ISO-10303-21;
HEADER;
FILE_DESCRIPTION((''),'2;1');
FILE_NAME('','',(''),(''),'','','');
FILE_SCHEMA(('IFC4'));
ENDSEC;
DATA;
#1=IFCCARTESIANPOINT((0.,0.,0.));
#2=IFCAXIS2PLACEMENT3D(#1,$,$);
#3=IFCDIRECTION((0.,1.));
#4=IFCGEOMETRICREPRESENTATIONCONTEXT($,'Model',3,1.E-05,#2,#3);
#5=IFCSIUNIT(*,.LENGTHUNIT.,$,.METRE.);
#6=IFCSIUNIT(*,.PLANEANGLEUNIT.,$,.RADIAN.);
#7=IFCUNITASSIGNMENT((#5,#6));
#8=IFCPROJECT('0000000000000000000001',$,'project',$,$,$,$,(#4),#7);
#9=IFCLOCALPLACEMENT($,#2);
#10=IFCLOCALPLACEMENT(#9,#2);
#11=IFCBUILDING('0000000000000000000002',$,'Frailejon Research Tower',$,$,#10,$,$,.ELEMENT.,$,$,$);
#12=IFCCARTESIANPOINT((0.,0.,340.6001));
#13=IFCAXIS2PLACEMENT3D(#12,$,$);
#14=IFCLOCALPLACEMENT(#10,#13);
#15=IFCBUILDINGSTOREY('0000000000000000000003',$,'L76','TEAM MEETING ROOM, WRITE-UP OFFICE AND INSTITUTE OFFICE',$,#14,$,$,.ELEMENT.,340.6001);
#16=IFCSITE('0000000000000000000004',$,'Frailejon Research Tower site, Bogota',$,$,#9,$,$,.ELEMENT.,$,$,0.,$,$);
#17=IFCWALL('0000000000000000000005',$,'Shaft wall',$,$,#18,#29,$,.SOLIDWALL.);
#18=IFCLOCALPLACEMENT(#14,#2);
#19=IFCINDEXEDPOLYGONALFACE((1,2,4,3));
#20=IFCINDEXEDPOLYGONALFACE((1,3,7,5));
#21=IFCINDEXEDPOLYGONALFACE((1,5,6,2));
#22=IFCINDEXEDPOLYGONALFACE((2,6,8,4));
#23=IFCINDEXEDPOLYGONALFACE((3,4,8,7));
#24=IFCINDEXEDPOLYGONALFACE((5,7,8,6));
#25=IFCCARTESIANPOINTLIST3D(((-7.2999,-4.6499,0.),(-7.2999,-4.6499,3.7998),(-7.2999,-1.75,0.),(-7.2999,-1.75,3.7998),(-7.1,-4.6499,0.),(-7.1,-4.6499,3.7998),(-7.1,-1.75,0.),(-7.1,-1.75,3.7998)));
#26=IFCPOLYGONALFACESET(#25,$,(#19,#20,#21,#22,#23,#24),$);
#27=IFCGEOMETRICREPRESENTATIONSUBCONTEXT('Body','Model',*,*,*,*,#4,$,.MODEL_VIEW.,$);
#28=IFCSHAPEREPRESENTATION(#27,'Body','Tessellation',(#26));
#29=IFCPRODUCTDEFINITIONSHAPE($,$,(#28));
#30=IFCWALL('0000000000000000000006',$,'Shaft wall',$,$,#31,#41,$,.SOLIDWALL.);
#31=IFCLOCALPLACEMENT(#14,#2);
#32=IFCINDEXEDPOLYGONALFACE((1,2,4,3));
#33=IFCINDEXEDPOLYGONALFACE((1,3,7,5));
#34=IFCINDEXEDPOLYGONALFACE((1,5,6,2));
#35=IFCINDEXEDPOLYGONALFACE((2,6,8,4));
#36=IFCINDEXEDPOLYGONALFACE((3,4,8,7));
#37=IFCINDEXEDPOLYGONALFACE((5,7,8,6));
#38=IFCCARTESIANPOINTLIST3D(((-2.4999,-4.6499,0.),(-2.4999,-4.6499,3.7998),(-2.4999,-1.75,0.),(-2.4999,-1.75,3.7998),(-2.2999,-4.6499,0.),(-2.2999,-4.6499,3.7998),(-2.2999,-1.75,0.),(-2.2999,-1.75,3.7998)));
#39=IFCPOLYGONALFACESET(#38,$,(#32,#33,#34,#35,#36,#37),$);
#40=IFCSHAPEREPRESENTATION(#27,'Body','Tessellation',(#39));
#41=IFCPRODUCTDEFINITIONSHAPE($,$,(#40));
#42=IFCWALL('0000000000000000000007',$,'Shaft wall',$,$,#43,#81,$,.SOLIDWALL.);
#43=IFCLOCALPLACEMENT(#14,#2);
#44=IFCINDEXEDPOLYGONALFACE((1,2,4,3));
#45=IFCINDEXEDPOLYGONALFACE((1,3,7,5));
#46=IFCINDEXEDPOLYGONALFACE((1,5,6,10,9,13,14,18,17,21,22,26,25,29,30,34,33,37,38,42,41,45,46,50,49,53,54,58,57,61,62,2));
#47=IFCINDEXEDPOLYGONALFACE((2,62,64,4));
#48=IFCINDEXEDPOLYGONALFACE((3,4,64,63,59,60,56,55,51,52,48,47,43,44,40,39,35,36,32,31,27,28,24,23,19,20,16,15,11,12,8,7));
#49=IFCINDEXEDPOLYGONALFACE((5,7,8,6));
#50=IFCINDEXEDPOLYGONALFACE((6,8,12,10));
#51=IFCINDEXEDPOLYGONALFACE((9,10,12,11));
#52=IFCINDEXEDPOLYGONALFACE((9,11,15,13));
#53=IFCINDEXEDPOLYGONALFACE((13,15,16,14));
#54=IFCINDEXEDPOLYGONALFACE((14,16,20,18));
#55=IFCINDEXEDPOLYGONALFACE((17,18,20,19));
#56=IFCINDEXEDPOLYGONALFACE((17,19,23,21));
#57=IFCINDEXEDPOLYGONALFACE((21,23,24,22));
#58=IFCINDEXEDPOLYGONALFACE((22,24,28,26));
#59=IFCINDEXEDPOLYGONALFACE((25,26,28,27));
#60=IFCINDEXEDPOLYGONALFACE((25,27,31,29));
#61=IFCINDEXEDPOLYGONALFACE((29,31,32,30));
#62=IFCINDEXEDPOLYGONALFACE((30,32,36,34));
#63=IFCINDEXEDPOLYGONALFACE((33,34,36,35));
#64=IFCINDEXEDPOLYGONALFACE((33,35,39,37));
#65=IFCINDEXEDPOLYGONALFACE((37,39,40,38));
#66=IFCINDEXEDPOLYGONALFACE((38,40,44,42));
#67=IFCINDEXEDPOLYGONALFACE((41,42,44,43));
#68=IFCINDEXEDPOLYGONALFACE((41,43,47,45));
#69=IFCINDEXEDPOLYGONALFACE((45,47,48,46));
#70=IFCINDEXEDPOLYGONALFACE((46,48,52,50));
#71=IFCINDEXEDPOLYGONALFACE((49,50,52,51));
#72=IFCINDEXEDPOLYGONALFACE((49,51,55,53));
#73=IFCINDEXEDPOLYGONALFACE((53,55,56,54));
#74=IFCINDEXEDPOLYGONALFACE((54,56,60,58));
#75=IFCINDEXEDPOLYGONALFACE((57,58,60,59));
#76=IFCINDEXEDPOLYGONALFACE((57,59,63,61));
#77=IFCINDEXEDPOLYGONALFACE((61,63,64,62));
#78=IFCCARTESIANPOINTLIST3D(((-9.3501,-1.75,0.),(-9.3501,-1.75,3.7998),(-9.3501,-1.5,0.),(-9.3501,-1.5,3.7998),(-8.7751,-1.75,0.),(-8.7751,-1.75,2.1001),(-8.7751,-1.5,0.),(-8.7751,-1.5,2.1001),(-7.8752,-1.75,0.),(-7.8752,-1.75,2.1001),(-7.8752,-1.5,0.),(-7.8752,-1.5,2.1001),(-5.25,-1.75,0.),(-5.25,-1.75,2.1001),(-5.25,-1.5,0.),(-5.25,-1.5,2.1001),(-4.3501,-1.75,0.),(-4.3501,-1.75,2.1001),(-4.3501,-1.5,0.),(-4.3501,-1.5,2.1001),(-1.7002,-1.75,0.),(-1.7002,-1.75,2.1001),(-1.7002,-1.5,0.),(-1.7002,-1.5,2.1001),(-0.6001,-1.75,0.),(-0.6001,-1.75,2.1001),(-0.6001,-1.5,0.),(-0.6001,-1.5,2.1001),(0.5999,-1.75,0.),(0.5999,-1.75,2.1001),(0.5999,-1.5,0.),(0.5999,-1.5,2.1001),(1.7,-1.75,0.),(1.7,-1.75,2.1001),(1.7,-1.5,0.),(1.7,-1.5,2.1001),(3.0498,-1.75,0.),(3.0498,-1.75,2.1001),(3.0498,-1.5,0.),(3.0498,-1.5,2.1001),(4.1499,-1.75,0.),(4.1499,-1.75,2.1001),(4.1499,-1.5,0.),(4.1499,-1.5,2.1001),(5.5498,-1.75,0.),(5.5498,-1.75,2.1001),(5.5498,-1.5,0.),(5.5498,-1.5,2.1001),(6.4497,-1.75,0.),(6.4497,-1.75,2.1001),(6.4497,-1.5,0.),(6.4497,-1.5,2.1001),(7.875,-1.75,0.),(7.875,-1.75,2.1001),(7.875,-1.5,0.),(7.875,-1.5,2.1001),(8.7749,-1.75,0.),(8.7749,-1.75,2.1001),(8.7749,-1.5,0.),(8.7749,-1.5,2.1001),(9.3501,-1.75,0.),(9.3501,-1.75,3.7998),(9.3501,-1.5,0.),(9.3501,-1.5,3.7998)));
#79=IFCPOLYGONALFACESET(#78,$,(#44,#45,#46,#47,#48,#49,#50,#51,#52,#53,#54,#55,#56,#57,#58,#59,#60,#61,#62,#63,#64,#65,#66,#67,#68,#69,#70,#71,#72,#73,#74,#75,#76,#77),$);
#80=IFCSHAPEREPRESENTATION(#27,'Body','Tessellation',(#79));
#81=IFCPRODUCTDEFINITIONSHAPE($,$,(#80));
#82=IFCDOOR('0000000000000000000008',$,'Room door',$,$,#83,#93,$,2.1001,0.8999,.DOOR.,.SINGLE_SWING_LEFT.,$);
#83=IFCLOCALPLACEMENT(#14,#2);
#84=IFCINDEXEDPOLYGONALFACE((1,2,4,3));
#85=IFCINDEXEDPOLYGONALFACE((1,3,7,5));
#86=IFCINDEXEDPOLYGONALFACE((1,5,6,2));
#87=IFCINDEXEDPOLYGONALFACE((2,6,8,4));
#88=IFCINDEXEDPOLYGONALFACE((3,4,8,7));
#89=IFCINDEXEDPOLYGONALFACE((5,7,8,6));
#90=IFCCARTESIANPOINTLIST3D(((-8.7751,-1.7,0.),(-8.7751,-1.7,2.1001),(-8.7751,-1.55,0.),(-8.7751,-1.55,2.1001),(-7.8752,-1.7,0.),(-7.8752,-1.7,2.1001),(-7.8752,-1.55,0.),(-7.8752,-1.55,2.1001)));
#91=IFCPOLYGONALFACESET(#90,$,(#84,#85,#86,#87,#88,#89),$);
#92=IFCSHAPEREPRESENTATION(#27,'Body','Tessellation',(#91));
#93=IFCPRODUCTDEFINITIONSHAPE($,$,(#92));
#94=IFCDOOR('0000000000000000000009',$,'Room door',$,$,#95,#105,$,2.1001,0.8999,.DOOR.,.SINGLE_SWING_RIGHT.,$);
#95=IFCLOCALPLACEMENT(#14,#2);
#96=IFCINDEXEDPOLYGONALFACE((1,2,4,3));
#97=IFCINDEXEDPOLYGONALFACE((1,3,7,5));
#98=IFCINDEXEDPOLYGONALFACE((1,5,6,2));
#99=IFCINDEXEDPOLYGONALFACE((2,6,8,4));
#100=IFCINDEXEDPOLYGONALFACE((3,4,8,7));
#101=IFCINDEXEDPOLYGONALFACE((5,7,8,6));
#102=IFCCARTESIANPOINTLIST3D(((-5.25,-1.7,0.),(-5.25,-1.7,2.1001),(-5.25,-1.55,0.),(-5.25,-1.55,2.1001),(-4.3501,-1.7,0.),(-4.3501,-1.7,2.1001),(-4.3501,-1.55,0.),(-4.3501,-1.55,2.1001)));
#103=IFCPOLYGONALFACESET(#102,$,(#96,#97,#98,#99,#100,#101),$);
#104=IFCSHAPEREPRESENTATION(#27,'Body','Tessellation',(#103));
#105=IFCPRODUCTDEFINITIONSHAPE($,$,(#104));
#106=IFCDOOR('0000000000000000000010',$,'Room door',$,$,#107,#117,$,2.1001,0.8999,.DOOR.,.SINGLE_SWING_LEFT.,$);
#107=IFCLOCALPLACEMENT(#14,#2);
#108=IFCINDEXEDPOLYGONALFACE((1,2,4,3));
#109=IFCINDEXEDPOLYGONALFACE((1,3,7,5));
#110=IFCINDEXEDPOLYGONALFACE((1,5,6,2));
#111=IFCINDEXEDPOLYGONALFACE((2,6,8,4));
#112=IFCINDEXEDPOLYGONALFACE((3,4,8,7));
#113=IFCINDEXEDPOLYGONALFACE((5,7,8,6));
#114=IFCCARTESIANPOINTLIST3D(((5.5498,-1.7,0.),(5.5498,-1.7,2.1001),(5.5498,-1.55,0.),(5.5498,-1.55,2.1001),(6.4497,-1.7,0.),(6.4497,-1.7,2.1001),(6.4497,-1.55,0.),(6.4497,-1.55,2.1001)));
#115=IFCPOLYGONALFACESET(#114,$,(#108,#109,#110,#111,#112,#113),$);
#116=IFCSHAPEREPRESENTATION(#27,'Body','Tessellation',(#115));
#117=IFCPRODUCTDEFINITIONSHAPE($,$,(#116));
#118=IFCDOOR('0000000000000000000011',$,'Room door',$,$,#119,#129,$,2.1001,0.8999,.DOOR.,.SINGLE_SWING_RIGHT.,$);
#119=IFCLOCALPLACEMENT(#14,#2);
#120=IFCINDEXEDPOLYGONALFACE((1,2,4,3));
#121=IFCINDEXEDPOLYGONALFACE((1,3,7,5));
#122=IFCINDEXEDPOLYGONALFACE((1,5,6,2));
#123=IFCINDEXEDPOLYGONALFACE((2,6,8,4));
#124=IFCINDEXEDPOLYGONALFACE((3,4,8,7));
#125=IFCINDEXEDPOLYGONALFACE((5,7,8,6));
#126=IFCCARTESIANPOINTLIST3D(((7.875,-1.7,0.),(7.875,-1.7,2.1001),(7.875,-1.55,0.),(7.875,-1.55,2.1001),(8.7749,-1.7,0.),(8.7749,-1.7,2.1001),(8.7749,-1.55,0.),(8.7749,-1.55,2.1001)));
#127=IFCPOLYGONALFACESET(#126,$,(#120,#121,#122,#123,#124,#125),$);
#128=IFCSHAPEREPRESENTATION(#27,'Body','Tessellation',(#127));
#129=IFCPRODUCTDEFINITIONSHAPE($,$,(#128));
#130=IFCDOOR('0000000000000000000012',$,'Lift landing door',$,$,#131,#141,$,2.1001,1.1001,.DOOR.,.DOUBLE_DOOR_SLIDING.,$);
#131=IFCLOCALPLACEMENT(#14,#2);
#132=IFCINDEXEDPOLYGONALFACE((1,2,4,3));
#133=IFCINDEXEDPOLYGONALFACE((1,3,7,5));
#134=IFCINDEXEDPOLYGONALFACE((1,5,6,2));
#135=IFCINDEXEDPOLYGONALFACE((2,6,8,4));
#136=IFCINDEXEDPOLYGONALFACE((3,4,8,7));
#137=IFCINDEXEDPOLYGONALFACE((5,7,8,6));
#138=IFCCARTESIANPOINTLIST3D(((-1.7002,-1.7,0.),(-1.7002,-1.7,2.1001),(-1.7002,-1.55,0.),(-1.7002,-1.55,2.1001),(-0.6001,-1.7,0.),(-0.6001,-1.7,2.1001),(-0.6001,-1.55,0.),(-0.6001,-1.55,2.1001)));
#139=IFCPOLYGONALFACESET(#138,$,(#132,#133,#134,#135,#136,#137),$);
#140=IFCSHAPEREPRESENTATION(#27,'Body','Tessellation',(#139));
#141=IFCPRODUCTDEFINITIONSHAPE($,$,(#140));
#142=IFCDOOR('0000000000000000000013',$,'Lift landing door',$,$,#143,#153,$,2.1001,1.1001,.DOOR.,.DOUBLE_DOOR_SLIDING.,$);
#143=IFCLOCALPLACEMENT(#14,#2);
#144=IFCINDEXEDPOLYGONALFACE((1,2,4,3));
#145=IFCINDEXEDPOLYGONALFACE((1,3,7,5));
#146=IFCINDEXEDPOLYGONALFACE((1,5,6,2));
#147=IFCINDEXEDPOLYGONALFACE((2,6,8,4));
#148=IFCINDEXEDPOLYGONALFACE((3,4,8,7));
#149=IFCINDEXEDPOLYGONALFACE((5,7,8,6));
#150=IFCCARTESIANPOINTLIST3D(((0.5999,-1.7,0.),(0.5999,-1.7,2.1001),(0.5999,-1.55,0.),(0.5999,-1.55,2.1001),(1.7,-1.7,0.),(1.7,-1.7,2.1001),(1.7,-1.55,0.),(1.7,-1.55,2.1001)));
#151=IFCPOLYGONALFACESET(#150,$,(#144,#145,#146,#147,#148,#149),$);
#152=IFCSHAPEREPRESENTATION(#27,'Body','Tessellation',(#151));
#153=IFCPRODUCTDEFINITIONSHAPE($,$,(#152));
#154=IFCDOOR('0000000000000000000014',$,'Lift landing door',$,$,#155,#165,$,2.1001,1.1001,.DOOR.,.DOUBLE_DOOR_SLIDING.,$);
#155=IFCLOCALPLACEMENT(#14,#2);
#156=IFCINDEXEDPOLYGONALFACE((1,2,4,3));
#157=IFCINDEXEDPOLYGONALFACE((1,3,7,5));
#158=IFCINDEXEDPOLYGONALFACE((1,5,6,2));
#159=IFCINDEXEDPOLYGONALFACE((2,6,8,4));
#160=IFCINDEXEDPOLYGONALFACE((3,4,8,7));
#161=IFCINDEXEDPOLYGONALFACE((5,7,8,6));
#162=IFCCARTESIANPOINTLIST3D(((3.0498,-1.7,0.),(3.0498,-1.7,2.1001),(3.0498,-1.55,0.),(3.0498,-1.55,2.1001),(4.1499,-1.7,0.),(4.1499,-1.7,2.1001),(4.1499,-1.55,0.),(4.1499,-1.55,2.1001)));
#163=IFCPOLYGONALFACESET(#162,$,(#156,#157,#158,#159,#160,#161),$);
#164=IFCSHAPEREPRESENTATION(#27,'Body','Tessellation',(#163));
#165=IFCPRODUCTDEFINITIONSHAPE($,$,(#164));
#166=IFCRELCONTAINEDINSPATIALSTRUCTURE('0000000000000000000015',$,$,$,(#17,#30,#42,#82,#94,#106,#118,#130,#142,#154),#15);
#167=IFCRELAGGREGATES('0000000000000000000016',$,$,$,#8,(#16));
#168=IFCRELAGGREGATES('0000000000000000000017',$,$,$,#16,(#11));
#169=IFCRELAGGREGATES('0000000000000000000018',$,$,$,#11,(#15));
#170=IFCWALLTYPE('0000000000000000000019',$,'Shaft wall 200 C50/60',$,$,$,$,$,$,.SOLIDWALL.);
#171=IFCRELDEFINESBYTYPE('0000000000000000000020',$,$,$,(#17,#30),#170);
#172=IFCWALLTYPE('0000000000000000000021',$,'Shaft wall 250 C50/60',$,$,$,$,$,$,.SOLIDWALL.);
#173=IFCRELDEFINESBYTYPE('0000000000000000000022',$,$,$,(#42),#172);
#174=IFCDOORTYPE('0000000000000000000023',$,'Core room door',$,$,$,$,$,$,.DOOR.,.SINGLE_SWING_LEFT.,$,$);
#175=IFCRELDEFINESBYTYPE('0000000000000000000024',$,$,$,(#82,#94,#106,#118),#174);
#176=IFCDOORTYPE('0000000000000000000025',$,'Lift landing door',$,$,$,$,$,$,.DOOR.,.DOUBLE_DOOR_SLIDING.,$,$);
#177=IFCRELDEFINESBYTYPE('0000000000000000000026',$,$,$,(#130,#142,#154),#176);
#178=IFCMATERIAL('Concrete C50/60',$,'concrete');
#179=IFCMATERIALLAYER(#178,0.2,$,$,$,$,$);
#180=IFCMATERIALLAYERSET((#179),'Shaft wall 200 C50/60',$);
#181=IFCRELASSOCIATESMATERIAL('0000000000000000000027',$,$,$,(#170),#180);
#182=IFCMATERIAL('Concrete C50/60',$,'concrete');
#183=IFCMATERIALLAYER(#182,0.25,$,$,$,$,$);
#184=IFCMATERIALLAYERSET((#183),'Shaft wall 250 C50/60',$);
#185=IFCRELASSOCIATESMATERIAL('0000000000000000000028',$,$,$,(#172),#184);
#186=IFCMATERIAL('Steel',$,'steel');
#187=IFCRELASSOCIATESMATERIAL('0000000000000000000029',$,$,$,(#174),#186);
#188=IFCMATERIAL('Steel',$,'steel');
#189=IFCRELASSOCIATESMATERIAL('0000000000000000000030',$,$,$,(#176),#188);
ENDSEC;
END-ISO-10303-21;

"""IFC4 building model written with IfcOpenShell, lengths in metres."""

from ifc_helpers import new_model, si_unit, direction, frame, frame_2d, origin, place, context, subcontext, project, spatial, rectangle, extrude, material, layer, layer_set, type_object, element, fill, save


model = new_model("IFC4")

# Units and contexts
model_context = context("Model", 3, precision=1e-05, world=origin(), true_north=direction((0.0, 1.0)))
body_context = subcontext(model_context, "Body", "Model", "MODEL_VIEW")
ifc_project = project(units=[si_unit("LENGTHUNIT", "METRE"), si_unit("PLANEANGLEUNIT", "RADIAN")], contexts=[model_context])

# Site, building, storey
site_placement = place(None, origin())
site = spatial("IfcSite", under=ifc_project, at=site_placement, Name="Frailejon Research Tower site, Bogota", CompositionType="ELEMENT", RefElevation=0.0)
building_placement = place(site_placement, origin())
building = spatial("IfcBuilding", under=site, at=building_placement, Name="Frailejon Research Tower", CompositionType="ELEMENT")
storey_placement = place(building_placement, frame((0.0, 0.0, 340.6001)))
storey = spatial("IfcBuildingStorey", under=building, at=storey_placement, Name="L76", Description="TEAM MEETING ROOM, WRITE-UP OFFICE AND INSTITUTE OFFICE", CompositionType="ELEMENT", Elevation=340.6001)

# Walls
ifc_material_1 = material(Name="Concrete C50/60", Category="concrete")
ifc_layer_1 = layer(ifc_material_1, 0.2)
ifc_layer_set_1 = layer_set([ifc_layer_1], Name="Shaft wall 200 C50/60")
wall_type_1 = type_object("IfcWallType", Name="Shaft wall 200 C50/60", PredefinedType="SOLIDWALL", material=ifc_layer_set_1)
for number, where, z_axis, x_axis, name in (
    (1, (-7.2, -4.6499, 0.0), (0.0, 0.0, 1.0), (0.0, 1.0, 0.0), "Shaft wall"),
    (2, (-2.3999, -4.6499, 0.0), (0.0, 0.0, 1.0), (0.0, 1.0, 0.0), "Shaft wall"),
):
    element("IfcWall", number, at=place(storey_placement, frame(where, z_axis=z_axis, x_axis=x_axis)), inside=storey, type_object=wall_type_1, Name=name, PredefinedType="SOLIDWALL", context=body_context, shape_type="SweptSolid", body=[
        extrude(rectangle(XDim=2.8999, YDim=0.2, at=frame_2d((1.45, 0.0))), origin(), (0.0, 0.0, 1.0), 3.7998),
    ])

# Wall, openings, doors
ifc_material_2 = material(Name="Concrete C50/60", Category="concrete")
ifc_layer_2 = layer(ifc_material_2, 0.25)
ifc_layer_set_2 = layer_set([ifc_layer_2], Name="Shaft wall 250 C50/60")
wall_type_2 = type_object("IfcWallType", Name="Shaft wall 250 C50/60", PredefinedType="SOLIDWALL", material=ifc_layer_set_2)
wall_1_placement = place(storey_placement, frame((-9.3501, -1.625, 0.0), z_axis=(0.0, 0.0, 1.0), x_axis=(1.0, 0.0, 0.0)))
wall_1 = element("IfcWall", 3, at=wall_1_placement, inside=storey, type_object=wall_type_2, Name="Shaft wall", PredefinedType="SOLIDWALL", context=body_context, shape_type="SweptSolid", body=[
    extrude(rectangle(XDim=18.7002, YDim=0.25, at=frame_2d((9.3501, 0.0))), origin(), (0.0, 0.0, 1.0), 3.7998),
])
opening_1_placement = place(wall_1_placement, frame((7.6499, 0.0, 0.0)))
opening_1 = element("IfcOpeningElement", 4, at=opening_1_placement, cuts=wall_1, PredefinedType="OPENING", context=body_context, shape_type="SweptSolid", body=[
    extrude(rectangle(XDim=1.1001, YDim=2.1001, at=frame_2d((0.55, 1.05))), frame((0.0, 0.135, 0.0), z_axis=(0.0, -1.0, 0.0), x_axis=(1.0, 0.0, 0.0)), (0.0, 0.0, 1.0), 0.27),
])
opening_2_placement = place(wall_1_placement, frame((9.95, 0.0, 0.0)))
opening_2 = element("IfcOpeningElement", 5, at=opening_2_placement, cuts=wall_1, PredefinedType="OPENING", context=body_context, shape_type="SweptSolid", body=[
    extrude(rectangle(XDim=1.1001, YDim=2.1001, at=frame_2d((0.55, 1.05))), frame((0.0, 0.135, 0.0), z_axis=(0.0, -1.0, 0.0), x_axis=(1.0, 0.0, 0.0)), (0.0, 0.0, 1.0), 0.27),
])
opening_3_placement = place(wall_1_placement, frame((12.3999, 0.0, 0.0)))
opening_3 = element("IfcOpeningElement", 6, at=opening_3_placement, cuts=wall_1, PredefinedType="OPENING", context=body_context, shape_type="SweptSolid", body=[
    extrude(rectangle(XDim=1.1001, YDim=2.1001, at=frame_2d((0.55, 1.05))), frame((0.0, 0.135, 0.0), z_axis=(0.0, -1.0, 0.0), x_axis=(1.0, 0.0, 0.0)), (0.0, 0.0, 1.0), 0.27),
])
opening_4_placement = place(wall_1_placement, frame((0.575, 0.0, 0.0)))
opening_4 = element("IfcOpeningElement", 7, at=opening_4_placement, cuts=wall_1, PredefinedType="OPENING", context=body_context, shape_type="SweptSolid", body=[
    extrude(rectangle(XDim=0.8999, YDim=2.1001, at=frame_2d((0.45, 1.05))), frame((0.0, 0.135, 0.0), z_axis=(0.0, -1.0, 0.0), x_axis=(1.0, 0.0, 0.0)), (0.0, 0.0, 1.0), 0.27),
])
opening_5_placement = place(wall_1_placement, frame((4.1001, 0.0, 0.0)))
opening_5 = element("IfcOpeningElement", 8, at=opening_5_placement, cuts=wall_1, PredefinedType="OPENING", context=body_context, shape_type="SweptSolid", body=[
    extrude(rectangle(XDim=0.8999, YDim=2.1001, at=frame_2d((0.45, 1.05))), frame((0.0, 0.135, 0.0), z_axis=(0.0, -1.0, 0.0), x_axis=(1.0, 0.0, 0.0)), (0.0, 0.0, 1.0), 0.27),
])
opening_6_placement = place(wall_1_placement, frame((14.8999, 0.0, 0.0)))
opening_6 = element("IfcOpeningElement", 9, at=opening_6_placement, cuts=wall_1, PredefinedType="OPENING", context=body_context, shape_type="SweptSolid", body=[
    extrude(rectangle(XDim=0.8999, YDim=2.1001, at=frame_2d((0.45, 1.05))), frame((0.0, 0.135, 0.0), z_axis=(0.0, -1.0, 0.0), x_axis=(1.0, 0.0, 0.0)), (0.0, 0.0, 1.0), 0.27),
])
opening_7_placement = place(wall_1_placement, frame((17.2251, 0.0, 0.0)))
opening_7 = element("IfcOpeningElement", 10, at=opening_7_placement, cuts=wall_1, PredefinedType="OPENING", context=body_context, shape_type="SweptSolid", body=[
    extrude(rectangle(XDim=0.8999, YDim=2.1001, at=frame_2d((0.45, 1.05))), frame((0.0, 0.135, 0.0), z_axis=(0.0, -1.0, 0.0), x_axis=(1.0, 0.0, 0.0)), (0.0, 0.0, 1.0), 0.27),
])
ifc_material_3 = material(Name="Steel", Category="steel")
door_type_1 = type_object("IfcDoorType", Name="Core room door", OperationType="SINGLE_SWING_LEFT", PredefinedType="DOOR", material=ifc_material_3)
door_1_placement = place(opening_4_placement, origin())
door_1 = element("IfcDoor", 11, at=door_1_placement, inside=storey, type_object=door_type_1, Name="Room door", OperationType="SINGLE_SWING_LEFT", OverallHeight=2.1001, OverallWidth=0.8999, PredefinedType="DOOR", context=body_context, shape_type="SweptSolid", body=[
    extrude(rectangle(XDim=0.8999, YDim=2.1001, at=frame_2d((0.45, 1.05))), frame((0.0, 0.075, 0.0), z_axis=(0.0, -1.0, 0.0), x_axis=(1.0, 0.0, 0.0)), (0.0, 0.0, 1.0), 0.1499),
])
fill(opening_4, door_1)
door_2_placement = place(opening_5_placement, origin())
door_2 = element("IfcDoor", 12, at=door_2_placement, inside=storey, type_object=door_type_1, Name="Room door", OperationType="SINGLE_SWING_RIGHT", OverallHeight=2.1001, OverallWidth=0.8999, PredefinedType="DOOR", context=body_context, shape_type="SweptSolid", body=[
    extrude(rectangle(XDim=0.8999, YDim=2.1001, at=frame_2d((0.45, 1.05))), frame((0.0, 0.075, 0.0), z_axis=(0.0, -1.0, 0.0), x_axis=(1.0, 0.0, 0.0)), (0.0, 0.0, 1.0), 0.1499),
])
fill(opening_5, door_2)
door_3_placement = place(opening_6_placement, origin())
door_3 = element("IfcDoor", 13, at=door_3_placement, inside=storey, type_object=door_type_1, Name="Room door", OperationType="SINGLE_SWING_LEFT", OverallHeight=2.1001, OverallWidth=0.8999, PredefinedType="DOOR", context=body_context, shape_type="SweptSolid", body=[
    extrude(rectangle(XDim=0.8999, YDim=2.1001, at=frame_2d((0.45, 1.05))), frame((0.0, 0.075, 0.0), z_axis=(0.0, -1.0, 0.0), x_axis=(1.0, 0.0, 0.0)), (0.0, 0.0, 1.0), 0.1499),
])
fill(opening_6, door_3)
door_4_placement = place(opening_7_placement, origin())
door_4 = element("IfcDoor", 14, at=door_4_placement, inside=storey, type_object=door_type_1, Name="Room door", OperationType="SINGLE_SWING_RIGHT", OverallHeight=2.1001, OverallWidth=0.8999, PredefinedType="DOOR", context=body_context, shape_type="SweptSolid", body=[
    extrude(rectangle(XDim=0.8999, YDim=2.1001, at=frame_2d((0.45, 1.05))), frame((0.0, 0.075, 0.0), z_axis=(0.0, -1.0, 0.0), x_axis=(1.0, 0.0, 0.0)), (0.0, 0.0, 1.0), 0.1499),
])
fill(opening_7, door_4)
ifc_material_4 = material(Name="Steel", Category="steel")
door_type_2 = type_object("IfcDoorType", Name="Lift landing door", OperationType="DOUBLE_DOOR_SLIDING", PredefinedType="DOOR", material=ifc_material_4)
door_5_placement = place(opening_1_placement, origin())
door_5 = element("IfcDoor", 15, at=door_5_placement, inside=storey, type_object=door_type_2, Name="Lift landing door", OperationType="DOUBLE_DOOR_SLIDING", OverallHeight=2.1001, OverallWidth=1.1001, PredefinedType="DOOR", context=body_context, shape_type="SweptSolid", body=[
    extrude(rectangle(XDim=1.1001, YDim=2.1001, at=frame_2d((0.55, 1.05))), frame((0.0, 0.075, 0.0), z_axis=(0.0, -1.0, 0.0), x_axis=(1.0, 0.0, 0.0)), (0.0, 0.0, 1.0), 0.1499),
])
fill(opening_1, door_5)
door_6_placement = place(opening_2_placement, origin())
door_6 = element("IfcDoor", 16, at=door_6_placement, inside=storey, type_object=door_type_2, Name="Lift landing door", OperationType="DOUBLE_DOOR_SLIDING", OverallHeight=2.1001, OverallWidth=1.1001, PredefinedType="DOOR", context=body_context, shape_type="SweptSolid", body=[
    extrude(rectangle(XDim=1.1001, YDim=2.1001, at=frame_2d((0.55, 1.05))), frame((0.0, 0.075, 0.0), z_axis=(0.0, -1.0, 0.0), x_axis=(1.0, 0.0, 0.0)), (0.0, 0.0, 1.0), 0.1499),
])
fill(opening_2, door_6)
door_7_placement = place(opening_3_placement, origin())
door_7 = element("IfcDoor", 17, at=door_7_placement, inside=storey, type_object=door_type_2, Name="Lift landing door", OperationType="DOUBLE_DOOR_SLIDING", OverallHeight=2.1001, OverallWidth=1.1001, PredefinedType="DOOR", context=body_context, shape_type="SweptSolid", body=[
    extrude(rectangle(XDim=1.1001, YDim=2.1001, at=frame_2d((0.55, 1.05))), frame((0.0, 0.075, 0.0), z_axis=(0.0, -1.0, 0.0), x_axis=(1.0, 0.0, 0.0)), (0.0, 0.0, 1.0), 0.1499),
])
fill(opening_3, door_7)

save(model, "model.ifc")
